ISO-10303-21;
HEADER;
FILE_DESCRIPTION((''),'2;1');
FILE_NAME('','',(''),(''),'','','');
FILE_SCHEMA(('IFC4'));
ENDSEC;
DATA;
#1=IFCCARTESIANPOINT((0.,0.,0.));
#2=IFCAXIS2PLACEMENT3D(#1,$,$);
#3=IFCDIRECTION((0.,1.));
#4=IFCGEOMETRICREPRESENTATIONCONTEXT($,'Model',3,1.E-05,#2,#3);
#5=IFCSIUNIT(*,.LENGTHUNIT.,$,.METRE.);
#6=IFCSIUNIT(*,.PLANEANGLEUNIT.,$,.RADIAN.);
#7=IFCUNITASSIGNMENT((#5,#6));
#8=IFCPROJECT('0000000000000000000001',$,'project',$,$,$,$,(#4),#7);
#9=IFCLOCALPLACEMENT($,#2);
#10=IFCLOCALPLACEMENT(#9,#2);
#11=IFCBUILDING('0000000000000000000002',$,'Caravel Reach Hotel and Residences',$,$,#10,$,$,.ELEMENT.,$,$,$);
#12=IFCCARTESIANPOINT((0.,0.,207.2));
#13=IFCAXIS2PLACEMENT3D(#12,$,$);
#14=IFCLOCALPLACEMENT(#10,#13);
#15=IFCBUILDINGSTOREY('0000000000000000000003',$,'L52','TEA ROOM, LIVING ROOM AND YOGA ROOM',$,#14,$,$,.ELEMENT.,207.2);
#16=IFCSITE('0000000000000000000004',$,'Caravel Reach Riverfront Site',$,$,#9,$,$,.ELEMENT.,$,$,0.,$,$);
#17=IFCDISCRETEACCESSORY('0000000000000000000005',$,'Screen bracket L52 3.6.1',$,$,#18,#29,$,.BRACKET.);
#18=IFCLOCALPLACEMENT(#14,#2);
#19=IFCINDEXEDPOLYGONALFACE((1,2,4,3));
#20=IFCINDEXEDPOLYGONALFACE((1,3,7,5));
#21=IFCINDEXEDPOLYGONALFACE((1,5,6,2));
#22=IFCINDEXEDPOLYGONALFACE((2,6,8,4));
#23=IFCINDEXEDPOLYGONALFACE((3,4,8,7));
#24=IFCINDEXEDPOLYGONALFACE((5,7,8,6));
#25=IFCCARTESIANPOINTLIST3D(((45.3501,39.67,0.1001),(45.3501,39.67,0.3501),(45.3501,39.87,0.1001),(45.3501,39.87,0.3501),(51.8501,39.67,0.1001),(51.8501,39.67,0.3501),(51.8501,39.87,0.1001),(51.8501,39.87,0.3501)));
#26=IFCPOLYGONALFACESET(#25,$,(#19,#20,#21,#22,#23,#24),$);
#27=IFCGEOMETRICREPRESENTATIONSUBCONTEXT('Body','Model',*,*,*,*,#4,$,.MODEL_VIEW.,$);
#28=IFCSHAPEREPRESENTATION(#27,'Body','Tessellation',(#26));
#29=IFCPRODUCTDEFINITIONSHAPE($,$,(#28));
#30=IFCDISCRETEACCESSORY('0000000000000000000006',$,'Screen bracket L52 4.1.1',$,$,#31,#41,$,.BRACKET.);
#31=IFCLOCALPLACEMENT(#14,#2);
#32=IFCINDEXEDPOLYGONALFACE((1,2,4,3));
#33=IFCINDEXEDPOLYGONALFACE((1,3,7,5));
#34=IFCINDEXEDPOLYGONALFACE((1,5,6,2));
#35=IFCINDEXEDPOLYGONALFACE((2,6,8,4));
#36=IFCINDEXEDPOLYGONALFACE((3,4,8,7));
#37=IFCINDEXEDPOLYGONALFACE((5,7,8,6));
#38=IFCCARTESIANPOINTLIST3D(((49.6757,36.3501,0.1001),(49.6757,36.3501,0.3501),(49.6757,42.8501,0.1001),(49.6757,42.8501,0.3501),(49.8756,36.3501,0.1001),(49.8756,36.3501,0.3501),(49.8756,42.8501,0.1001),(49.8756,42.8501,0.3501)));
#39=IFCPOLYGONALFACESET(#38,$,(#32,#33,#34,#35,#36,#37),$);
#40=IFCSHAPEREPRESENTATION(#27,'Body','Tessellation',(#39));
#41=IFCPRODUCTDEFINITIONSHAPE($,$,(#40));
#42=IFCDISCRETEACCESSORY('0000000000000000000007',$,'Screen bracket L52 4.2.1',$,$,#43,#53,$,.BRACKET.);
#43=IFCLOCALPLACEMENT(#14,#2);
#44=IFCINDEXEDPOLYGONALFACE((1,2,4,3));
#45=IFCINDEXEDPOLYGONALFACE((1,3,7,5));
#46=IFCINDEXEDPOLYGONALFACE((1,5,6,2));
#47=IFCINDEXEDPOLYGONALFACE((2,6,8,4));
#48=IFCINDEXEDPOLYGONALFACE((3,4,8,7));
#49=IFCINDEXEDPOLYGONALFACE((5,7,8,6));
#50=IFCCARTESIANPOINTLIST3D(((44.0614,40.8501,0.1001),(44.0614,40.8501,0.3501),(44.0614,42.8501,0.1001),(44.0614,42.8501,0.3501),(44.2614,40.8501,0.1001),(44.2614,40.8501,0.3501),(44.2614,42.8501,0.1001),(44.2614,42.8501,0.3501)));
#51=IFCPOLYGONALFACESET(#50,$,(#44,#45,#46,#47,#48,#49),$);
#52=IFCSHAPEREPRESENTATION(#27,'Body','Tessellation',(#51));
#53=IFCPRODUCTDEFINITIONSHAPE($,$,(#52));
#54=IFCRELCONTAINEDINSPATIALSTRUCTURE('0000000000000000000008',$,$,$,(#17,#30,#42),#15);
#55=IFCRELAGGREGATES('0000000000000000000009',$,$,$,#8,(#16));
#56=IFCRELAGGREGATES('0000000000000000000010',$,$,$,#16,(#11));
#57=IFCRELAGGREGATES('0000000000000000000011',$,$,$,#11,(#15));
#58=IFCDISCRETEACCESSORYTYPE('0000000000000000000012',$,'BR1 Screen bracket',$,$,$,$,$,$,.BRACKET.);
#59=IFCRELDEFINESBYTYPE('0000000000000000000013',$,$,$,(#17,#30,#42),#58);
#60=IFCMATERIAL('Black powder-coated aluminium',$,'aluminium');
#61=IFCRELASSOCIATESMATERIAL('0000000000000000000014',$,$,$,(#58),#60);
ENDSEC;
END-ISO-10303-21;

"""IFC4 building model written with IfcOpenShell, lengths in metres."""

from ifc_helpers import new_model, si_unit, direction, frame, origin, origin_2d, place, context, subcontext, project, spatial, rectangle, extrude, material, type_object, element, save


model = new_model("IFC4")

# Units and contexts
model_context = context("Model", 3, precision=1e-05, world=origin(), true_north=direction((0.0, 1.0)))
body_context = subcontext(model_context, "Body", "Model", "MODEL_VIEW")
ifc_project = project(units=[si_unit("LENGTHUNIT", "METRE"), si_unit("PLANEANGLEUNIT", "RADIAN")], contexts=[model_context])

# Site, building, storey
site_placement = place(None, origin())
site = spatial("IfcSite", under=ifc_project, at=site_placement, Name="Caravel Reach Riverfront Site", CompositionType="ELEMENT", RefElevation=0.0)
building_placement = place(site_placement, origin())
building = spatial("IfcBuilding", under=site, at=building_placement, Name="Caravel Reach Hotel and Residences", CompositionType="ELEMENT")
storey_placement = place(building_placement, frame((0.0, 0.0, 207.2)))
storey = spatial("IfcBuildingStorey", under=building, at=storey_placement, Name="L52", Description="TEA ROOM, LIVING ROOM AND YOGA ROOM", CompositionType="ELEMENT", Elevation=207.2)

# Discrete accessories
ifc_material_1 = material(Name="Black powder-coated aluminium", Category="aluminium")
discrete_accessory_type = type_object("IfcDiscreteAccessoryType", Name="BR1 Screen bracket", PredefinedType="BRACKET", material=ifc_material_1)
for number, where, z_axis, x_axis, name in (
    (1, (48.6001, 39.77, 0.1001), (0.0, 0.0, 1.0), (1.0, 0.0, 0.0), "Screen bracket L52 3.6.1"),
    (2, (49.7756, 39.6001, 0.1001), (0.0, 0.0, 1.0), (0.0, 1.0, 0.0), "Screen bracket L52 4.1.1"),
):
    element("IfcDiscreteAccessory", number, at=place(storey_placement, frame(where, z_axis=z_axis, x_axis=x_axis)), inside=storey, type_object=discrete_accessory_type, Name=name, PredefinedType="BRACKET", context=body_context, shape_type="SweptSolid", body=[
        extrude(rectangle(XDim=6.5, YDim=0.2, at=origin_2d()), origin(), (0.0, 0.0, 1.0), 0.25),
    ])
discrete_accessory_placement = place(storey_placement, frame((44.1614, 41.8501, 0.1001), z_axis=(0.0, 0.0, 1.0), x_axis=(0.0, 1.0, 0.0)))
element("IfcDiscreteAccessory", 3, at=discrete_accessory_placement, inside=storey, type_object=discrete_accessory_type, Name="Screen bracket L52 4.2.1", PredefinedType="BRACKET", context=body_context, shape_type="SweptSolid", body=[
    extrude(rectangle(XDim=2.0, YDim=0.2, at=origin_2d()), origin(), (0.0, 0.0, 1.0), 0.25),
])

save(model, "model.ifc")
